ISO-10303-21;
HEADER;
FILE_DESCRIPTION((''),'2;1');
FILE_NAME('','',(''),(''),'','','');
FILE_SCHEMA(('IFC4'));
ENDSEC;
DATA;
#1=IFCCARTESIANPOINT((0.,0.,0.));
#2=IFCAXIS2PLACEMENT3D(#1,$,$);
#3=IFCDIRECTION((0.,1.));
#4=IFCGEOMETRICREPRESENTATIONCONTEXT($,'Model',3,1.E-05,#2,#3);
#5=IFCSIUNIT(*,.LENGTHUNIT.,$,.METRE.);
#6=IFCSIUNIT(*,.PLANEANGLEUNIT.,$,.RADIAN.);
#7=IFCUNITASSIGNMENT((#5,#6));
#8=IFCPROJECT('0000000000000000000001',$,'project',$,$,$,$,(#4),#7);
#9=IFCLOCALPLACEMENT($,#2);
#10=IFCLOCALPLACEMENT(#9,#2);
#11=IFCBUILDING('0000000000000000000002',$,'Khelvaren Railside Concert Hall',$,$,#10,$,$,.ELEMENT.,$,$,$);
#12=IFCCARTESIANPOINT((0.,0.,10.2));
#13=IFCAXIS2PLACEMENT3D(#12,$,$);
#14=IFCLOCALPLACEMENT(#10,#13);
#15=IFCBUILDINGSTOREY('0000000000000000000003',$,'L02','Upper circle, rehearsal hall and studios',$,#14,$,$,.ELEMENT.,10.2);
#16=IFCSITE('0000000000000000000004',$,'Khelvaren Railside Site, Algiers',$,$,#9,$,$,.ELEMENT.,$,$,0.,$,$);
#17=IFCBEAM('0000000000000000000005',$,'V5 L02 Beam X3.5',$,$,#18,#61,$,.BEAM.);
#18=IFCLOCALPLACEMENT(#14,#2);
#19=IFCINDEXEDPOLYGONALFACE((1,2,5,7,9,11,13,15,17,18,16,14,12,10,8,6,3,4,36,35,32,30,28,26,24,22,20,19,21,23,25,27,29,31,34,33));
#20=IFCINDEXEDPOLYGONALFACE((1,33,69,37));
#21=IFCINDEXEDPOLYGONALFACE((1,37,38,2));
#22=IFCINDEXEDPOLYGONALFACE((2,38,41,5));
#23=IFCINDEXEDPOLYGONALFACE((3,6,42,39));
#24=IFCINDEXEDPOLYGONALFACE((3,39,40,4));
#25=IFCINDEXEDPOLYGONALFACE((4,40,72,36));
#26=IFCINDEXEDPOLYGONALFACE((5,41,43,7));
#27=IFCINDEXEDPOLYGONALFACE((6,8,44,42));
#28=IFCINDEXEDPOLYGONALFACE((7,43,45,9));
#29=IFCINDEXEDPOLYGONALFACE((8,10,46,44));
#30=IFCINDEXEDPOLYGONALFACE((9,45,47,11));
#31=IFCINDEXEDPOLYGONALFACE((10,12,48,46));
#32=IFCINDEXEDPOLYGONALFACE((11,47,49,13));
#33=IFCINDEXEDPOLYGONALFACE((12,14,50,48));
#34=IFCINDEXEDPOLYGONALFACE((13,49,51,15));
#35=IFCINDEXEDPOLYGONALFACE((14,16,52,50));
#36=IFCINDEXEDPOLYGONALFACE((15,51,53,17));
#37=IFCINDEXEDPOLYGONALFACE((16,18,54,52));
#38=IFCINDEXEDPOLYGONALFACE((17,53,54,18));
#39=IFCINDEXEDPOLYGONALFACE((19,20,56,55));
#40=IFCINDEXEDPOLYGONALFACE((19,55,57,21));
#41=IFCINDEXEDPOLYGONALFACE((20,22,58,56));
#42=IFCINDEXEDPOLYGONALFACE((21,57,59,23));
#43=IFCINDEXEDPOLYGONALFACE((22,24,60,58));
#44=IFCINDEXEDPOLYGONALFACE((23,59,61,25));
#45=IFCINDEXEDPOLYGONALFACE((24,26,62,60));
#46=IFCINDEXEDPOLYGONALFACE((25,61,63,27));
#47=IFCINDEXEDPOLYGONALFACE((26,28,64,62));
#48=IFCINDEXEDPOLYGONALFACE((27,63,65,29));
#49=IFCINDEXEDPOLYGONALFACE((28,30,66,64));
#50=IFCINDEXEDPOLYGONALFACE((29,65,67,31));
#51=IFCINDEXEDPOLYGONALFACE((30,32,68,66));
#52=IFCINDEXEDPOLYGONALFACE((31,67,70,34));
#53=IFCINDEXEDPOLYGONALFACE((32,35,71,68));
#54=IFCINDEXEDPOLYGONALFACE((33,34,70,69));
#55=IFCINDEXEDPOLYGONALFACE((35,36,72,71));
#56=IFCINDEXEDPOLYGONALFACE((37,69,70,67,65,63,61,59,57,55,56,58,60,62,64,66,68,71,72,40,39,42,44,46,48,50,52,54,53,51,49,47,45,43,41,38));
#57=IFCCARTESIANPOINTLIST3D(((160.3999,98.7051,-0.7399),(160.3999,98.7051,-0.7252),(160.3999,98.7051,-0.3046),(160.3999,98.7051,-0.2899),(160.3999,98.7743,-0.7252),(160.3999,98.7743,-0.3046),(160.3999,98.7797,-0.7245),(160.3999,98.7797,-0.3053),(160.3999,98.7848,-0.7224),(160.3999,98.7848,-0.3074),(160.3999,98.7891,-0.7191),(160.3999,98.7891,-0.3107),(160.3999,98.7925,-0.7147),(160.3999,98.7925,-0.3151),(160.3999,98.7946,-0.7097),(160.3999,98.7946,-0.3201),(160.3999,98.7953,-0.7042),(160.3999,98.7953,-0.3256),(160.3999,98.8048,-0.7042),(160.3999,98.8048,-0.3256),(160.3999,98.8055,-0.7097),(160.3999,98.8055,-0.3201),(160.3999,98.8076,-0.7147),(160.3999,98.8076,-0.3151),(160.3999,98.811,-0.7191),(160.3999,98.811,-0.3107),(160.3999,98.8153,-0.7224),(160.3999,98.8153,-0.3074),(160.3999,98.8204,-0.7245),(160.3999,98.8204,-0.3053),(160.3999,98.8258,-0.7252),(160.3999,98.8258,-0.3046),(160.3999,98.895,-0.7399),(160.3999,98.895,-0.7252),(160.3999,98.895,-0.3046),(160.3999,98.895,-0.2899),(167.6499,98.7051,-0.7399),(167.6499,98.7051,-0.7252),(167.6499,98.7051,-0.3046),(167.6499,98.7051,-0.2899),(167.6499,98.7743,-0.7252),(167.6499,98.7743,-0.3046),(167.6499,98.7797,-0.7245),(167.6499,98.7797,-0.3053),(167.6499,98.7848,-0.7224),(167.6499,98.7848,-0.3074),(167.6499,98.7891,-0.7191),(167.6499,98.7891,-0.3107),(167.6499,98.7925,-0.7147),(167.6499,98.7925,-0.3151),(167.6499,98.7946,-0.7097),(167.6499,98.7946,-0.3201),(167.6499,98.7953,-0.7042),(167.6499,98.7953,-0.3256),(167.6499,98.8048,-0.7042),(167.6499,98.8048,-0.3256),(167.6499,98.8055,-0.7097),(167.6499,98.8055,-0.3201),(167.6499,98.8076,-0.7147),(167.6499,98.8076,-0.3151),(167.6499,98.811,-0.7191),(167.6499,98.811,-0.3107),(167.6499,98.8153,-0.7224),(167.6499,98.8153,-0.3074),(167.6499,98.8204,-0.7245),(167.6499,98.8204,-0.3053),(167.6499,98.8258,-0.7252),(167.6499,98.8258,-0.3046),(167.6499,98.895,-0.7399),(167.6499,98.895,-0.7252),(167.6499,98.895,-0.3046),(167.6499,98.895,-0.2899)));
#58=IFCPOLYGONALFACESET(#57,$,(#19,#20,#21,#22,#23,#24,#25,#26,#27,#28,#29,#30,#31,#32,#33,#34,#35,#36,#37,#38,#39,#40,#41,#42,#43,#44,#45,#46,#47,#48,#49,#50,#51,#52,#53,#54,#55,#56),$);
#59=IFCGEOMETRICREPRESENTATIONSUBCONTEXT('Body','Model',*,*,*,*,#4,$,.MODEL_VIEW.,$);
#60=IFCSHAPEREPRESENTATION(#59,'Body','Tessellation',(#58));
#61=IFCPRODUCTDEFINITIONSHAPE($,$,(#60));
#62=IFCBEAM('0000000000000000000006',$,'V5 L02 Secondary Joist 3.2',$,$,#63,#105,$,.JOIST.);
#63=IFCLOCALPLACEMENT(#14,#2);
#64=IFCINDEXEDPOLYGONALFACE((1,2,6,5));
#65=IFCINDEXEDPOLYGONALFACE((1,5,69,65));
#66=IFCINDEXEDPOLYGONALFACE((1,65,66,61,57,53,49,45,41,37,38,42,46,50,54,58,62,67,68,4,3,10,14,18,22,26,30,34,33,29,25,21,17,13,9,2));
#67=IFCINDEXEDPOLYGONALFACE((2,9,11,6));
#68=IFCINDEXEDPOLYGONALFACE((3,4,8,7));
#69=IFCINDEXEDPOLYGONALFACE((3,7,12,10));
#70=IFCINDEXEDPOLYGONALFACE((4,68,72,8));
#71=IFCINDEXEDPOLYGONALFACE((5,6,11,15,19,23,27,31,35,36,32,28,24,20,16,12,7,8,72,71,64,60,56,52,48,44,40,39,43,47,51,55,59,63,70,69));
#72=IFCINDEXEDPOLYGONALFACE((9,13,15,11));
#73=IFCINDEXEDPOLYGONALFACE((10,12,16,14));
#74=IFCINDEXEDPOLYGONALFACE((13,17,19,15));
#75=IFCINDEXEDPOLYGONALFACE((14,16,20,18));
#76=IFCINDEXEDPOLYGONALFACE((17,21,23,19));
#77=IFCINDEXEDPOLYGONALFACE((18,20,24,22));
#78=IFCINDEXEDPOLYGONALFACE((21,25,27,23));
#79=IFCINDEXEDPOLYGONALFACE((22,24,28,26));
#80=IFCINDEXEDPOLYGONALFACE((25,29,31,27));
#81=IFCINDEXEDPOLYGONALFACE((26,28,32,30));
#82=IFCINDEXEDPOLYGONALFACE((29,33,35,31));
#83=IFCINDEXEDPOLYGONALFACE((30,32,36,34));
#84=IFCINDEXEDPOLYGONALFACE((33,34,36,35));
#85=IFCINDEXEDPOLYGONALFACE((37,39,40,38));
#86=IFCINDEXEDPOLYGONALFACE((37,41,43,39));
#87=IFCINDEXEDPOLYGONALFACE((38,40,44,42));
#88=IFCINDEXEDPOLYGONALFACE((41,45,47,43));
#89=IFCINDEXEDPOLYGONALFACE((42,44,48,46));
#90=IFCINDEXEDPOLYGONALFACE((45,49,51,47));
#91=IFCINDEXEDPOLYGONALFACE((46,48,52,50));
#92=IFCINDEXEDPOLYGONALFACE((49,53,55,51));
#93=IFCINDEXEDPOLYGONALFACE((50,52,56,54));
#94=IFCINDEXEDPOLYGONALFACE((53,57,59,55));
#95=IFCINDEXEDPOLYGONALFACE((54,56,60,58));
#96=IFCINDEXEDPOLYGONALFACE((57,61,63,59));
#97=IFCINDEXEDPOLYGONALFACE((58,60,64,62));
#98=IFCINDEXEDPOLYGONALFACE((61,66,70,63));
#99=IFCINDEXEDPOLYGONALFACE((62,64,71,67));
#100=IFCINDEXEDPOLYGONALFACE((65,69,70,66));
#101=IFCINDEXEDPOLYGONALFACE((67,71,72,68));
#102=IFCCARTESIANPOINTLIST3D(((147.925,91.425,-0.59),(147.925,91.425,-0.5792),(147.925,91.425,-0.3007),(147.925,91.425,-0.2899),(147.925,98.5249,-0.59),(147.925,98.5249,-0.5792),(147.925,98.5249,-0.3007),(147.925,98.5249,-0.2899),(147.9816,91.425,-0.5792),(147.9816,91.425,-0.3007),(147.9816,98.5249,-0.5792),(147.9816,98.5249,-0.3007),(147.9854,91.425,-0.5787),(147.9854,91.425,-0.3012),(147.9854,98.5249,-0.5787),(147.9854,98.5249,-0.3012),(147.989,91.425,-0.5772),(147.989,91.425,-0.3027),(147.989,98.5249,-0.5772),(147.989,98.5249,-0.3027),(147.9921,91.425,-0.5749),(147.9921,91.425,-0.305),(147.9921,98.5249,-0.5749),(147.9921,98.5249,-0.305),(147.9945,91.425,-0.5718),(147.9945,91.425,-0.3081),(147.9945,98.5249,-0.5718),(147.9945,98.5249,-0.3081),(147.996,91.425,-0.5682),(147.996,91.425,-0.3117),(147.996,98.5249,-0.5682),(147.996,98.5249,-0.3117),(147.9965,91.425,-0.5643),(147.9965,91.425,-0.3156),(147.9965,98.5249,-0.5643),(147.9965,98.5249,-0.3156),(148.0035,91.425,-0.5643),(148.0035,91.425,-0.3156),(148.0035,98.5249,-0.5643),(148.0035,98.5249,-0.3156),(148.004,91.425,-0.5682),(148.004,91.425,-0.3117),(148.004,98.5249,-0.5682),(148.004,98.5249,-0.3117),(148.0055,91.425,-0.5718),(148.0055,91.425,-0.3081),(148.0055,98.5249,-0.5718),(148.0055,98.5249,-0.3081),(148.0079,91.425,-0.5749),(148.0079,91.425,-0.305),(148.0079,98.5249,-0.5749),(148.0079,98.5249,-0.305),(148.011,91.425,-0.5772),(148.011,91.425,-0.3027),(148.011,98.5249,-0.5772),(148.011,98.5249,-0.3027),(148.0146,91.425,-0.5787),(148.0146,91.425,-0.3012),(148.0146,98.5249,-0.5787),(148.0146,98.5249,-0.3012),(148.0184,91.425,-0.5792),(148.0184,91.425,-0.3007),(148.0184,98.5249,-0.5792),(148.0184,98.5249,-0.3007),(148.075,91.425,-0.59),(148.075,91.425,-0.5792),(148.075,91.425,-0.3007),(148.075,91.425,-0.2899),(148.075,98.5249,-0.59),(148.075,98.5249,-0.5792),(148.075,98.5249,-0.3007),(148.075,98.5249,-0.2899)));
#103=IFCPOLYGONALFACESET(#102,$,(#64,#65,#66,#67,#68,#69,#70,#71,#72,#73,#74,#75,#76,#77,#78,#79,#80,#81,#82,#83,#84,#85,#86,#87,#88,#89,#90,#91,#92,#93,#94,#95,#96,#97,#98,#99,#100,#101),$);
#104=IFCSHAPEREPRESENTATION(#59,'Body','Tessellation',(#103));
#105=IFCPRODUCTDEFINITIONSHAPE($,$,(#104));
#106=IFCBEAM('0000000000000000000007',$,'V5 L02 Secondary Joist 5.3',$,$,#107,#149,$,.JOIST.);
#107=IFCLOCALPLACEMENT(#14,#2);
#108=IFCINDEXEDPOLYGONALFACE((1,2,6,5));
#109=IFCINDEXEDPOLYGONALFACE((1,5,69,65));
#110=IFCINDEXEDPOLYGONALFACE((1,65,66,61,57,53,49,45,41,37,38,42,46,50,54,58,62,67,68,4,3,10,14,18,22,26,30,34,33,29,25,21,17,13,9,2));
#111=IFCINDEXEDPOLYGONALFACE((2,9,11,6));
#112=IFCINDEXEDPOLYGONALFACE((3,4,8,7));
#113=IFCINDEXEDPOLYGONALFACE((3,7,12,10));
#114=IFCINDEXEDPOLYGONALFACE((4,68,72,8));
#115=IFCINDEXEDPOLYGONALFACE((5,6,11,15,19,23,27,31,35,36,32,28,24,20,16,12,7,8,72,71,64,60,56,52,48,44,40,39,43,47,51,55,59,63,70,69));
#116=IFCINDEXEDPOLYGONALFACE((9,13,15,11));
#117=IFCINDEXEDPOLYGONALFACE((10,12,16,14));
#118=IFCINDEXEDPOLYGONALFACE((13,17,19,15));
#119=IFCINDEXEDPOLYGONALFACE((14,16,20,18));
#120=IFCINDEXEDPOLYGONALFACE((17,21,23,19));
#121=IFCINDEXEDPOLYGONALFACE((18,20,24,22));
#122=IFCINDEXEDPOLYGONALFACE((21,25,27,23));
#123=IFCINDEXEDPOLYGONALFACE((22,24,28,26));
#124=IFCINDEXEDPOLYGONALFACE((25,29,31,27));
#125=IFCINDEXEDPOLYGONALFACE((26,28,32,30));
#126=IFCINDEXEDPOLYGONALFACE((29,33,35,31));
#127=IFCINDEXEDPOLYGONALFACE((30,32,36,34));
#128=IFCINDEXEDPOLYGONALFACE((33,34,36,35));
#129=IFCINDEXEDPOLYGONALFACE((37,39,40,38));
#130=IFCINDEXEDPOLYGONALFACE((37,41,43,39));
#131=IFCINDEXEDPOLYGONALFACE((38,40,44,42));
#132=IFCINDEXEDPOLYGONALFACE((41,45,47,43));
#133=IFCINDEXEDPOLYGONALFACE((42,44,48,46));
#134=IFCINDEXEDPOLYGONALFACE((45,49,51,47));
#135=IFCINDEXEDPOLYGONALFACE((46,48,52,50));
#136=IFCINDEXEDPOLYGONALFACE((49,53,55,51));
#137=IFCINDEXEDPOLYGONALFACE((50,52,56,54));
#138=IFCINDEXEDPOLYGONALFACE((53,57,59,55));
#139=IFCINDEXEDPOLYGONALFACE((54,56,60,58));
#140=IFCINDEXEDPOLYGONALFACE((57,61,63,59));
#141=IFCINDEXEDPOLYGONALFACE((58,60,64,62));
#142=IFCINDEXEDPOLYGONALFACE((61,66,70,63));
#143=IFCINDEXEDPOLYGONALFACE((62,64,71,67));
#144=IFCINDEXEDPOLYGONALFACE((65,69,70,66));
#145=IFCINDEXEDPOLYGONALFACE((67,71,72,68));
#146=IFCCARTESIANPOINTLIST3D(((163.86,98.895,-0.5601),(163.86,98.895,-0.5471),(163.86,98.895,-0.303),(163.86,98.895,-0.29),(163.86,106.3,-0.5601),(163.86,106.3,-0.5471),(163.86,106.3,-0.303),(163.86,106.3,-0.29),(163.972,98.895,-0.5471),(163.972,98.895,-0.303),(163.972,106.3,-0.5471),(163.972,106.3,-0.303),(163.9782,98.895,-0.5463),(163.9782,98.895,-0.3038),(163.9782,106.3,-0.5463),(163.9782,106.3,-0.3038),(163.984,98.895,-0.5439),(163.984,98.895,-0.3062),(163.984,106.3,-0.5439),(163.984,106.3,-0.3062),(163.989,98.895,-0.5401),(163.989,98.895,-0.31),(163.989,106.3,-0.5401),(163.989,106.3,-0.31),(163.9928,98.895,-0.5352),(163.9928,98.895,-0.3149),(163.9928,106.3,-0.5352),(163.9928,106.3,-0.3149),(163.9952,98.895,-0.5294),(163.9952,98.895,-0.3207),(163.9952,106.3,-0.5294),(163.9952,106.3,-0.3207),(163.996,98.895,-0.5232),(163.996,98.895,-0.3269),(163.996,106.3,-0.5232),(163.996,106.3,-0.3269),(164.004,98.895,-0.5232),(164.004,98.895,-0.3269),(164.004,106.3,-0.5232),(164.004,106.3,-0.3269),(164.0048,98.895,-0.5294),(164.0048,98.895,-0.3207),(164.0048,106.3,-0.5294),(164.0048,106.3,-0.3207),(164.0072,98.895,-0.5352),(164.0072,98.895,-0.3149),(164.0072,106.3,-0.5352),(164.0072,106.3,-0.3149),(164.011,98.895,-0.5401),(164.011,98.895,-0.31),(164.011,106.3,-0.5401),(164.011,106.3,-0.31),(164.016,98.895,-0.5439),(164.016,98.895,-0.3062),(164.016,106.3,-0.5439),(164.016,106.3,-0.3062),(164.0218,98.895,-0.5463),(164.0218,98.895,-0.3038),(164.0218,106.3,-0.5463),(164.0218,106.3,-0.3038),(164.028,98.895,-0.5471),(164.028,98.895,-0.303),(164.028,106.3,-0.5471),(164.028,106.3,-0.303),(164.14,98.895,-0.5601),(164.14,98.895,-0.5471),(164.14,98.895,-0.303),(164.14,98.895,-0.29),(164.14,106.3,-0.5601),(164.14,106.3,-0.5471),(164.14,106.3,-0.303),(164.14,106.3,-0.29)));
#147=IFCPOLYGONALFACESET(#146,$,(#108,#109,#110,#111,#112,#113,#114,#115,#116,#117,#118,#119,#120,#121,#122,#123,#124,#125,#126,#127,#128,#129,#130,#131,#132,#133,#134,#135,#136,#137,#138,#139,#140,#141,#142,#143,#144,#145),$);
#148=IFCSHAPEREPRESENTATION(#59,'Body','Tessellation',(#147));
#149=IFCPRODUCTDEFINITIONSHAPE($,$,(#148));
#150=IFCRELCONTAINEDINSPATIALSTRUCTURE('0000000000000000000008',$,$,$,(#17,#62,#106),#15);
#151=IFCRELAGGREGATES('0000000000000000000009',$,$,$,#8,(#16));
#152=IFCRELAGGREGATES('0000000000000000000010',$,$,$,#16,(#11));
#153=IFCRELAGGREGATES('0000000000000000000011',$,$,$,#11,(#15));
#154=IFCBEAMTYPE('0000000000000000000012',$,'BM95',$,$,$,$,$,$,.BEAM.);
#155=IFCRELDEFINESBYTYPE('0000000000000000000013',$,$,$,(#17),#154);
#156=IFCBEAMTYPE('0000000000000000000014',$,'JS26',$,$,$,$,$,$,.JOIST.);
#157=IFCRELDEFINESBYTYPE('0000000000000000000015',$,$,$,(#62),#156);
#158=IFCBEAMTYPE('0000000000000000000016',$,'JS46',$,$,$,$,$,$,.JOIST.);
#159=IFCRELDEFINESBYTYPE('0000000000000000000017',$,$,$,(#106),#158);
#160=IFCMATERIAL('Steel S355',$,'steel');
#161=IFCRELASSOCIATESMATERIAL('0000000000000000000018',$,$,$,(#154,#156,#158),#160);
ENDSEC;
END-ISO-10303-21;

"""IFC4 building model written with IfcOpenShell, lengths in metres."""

from ifc_helpers import new_model, si_unit, direction, frame, origin, origin_2d, place, context, subcontext, project, spatial, i_section, extrude, material, material_profile, profile_set, type_object, element, save


model = new_model("IFC4")

# Units and contexts
model_context = context("Model", 3, precision=1e-05, world=origin(), true_north=direction((0.0, 1.0)))
body_context = subcontext(model_context, "Body", "Model", "MODEL_VIEW")
ifc_project = project(units=[si_unit("LENGTHUNIT", "METRE"), si_unit("PLANEANGLEUNIT", "RADIAN")], contexts=[model_context])

# Site, building, storey
site_placement = place(None, origin())
site = spatial("IfcSite", under=ifc_project, at=site_placement, Name="Khelvaren Railside Site, Algiers", CompositionType="ELEMENT", RefElevation=0.0)
building_placement = place(site_placement, origin())
building = spatial("IfcBuilding", under=site, at=building_placement, Name="Khelvaren Railside Concert Hall", CompositionType="ELEMENT")
storey_placement = place(building_placement, frame((0.0, 0.0, 10.2)))
storey = spatial("IfcBuildingStorey", under=building, at=storey_placement, Name="L02", Description="Upper circle, rehearsal hall and studios", CompositionType="ELEMENT", Elevation=10.2)

# Beams
ifc_material_1 = material(Name="Steel S355", Category="steel")
ifc_material_profile_1 = material_profile(ifc_material_1, i_section(OverallWidth=0.1899, OverallDepth=0.45, WebThickness=0.0095, FlangeThickness=0.0146, FilletRadius=0.021, at=origin_2d()), Name="IPE 450")
ifc_profile_set_1 = profile_set([ifc_material_profile_1], Name="Steel S355")
beam_type_1 = type_object("IfcBeamType", Name="BM95", PredefinedType="BEAM", material=ifc_profile_set_1)
beam_1_placement = place(storey_placement, frame((160.3999, 98.8, -0.5149), z_axis=(1.0, 0.0, 0.0), x_axis=(0.0, 1.0, 0.0)))
element("IfcBeam", 1, at=beam_1_placement, inside=storey, type_object=beam_type_1, Name="V5 L02 Beam X3.5", PredefinedType="BEAM", context=body_context, shape_type="SweptSolid", body=[
    extrude(i_section(OverallWidth=0.1899, OverallDepth=0.45, WebThickness=0.0095, FlangeThickness=0.0146, FilletRadius=0.021, at=origin_2d()), origin(), (0.0, 0.0, 1.0), 7.25),
])
ifc_material_profile_2 = material_profile(ifc_material_1, i_section(OverallWidth=0.1499, OverallDepth=0.3, WebThickness=0.0071, FlangeThickness=0.0107, FilletRadius=0.0149, at=origin_2d()), Name="IPE 300")
ifc_profile_set_2 = profile_set([ifc_material_profile_2], Name="Steel S355")
beam_type_2 = type_object("IfcBeamType", Name="JS26", PredefinedType="JOIST", material=ifc_profile_set_2)
beam_2_placement = place(storey_placement, frame((148.0, 91.425, -0.4399), z_axis=(0.0, 1.0, 0.0), x_axis=(-1.0, 0.0, 0.0)))
element("IfcBeam", 2, at=beam_2_placement, inside=storey, type_object=beam_type_2, Name="V5 L02 Secondary Joist 3.2", PredefinedType="JOIST", context=body_context, shape_type="SweptSolid", body=[
    extrude(i_section(OverallWidth=0.1499, OverallDepth=0.3, WebThickness=0.0071, FlangeThickness=0.0107, FilletRadius=0.0149, at=origin_2d()), origin(), (0.0, 0.0, 1.0), 7.0999),
])
ifc_material_profile_3 = material_profile(ifc_material_1, i_section(OverallWidth=0.28, OverallDepth=0.27, WebThickness=0.0081, FlangeThickness=0.0129, FilletRadius=0.0239, at=origin_2d()), Name="HEA 280")
ifc_profile_set_3 = profile_set([ifc_material_profile_3], Name="Steel S355")
beam_type_3 = type_object("IfcBeamType", Name="JS46", PredefinedType="JOIST", material=ifc_profile_set_3)
beam_3_placement = place(storey_placement, frame((164.0, 98.895, -0.425), z_axis=(0.0, 1.0, 0.0), x_axis=(-1.0, 0.0, 0.0)))
element("IfcBeam", 3, at=beam_3_placement, inside=storey, type_object=beam_type_3, Name="V5 L02 Secondary Joist 5.3", PredefinedType="JOIST", context=body_context, shape_type="SweptSolid", body=[
    extrude(i_section(OverallWidth=0.28, OverallDepth=0.27, WebThickness=0.0081, FlangeThickness=0.0129, FilletRadius=0.0239, at=origin_2d()), origin(), (0.0, 0.0, 1.0), 7.405),
])

save(model, "model.ifc")
